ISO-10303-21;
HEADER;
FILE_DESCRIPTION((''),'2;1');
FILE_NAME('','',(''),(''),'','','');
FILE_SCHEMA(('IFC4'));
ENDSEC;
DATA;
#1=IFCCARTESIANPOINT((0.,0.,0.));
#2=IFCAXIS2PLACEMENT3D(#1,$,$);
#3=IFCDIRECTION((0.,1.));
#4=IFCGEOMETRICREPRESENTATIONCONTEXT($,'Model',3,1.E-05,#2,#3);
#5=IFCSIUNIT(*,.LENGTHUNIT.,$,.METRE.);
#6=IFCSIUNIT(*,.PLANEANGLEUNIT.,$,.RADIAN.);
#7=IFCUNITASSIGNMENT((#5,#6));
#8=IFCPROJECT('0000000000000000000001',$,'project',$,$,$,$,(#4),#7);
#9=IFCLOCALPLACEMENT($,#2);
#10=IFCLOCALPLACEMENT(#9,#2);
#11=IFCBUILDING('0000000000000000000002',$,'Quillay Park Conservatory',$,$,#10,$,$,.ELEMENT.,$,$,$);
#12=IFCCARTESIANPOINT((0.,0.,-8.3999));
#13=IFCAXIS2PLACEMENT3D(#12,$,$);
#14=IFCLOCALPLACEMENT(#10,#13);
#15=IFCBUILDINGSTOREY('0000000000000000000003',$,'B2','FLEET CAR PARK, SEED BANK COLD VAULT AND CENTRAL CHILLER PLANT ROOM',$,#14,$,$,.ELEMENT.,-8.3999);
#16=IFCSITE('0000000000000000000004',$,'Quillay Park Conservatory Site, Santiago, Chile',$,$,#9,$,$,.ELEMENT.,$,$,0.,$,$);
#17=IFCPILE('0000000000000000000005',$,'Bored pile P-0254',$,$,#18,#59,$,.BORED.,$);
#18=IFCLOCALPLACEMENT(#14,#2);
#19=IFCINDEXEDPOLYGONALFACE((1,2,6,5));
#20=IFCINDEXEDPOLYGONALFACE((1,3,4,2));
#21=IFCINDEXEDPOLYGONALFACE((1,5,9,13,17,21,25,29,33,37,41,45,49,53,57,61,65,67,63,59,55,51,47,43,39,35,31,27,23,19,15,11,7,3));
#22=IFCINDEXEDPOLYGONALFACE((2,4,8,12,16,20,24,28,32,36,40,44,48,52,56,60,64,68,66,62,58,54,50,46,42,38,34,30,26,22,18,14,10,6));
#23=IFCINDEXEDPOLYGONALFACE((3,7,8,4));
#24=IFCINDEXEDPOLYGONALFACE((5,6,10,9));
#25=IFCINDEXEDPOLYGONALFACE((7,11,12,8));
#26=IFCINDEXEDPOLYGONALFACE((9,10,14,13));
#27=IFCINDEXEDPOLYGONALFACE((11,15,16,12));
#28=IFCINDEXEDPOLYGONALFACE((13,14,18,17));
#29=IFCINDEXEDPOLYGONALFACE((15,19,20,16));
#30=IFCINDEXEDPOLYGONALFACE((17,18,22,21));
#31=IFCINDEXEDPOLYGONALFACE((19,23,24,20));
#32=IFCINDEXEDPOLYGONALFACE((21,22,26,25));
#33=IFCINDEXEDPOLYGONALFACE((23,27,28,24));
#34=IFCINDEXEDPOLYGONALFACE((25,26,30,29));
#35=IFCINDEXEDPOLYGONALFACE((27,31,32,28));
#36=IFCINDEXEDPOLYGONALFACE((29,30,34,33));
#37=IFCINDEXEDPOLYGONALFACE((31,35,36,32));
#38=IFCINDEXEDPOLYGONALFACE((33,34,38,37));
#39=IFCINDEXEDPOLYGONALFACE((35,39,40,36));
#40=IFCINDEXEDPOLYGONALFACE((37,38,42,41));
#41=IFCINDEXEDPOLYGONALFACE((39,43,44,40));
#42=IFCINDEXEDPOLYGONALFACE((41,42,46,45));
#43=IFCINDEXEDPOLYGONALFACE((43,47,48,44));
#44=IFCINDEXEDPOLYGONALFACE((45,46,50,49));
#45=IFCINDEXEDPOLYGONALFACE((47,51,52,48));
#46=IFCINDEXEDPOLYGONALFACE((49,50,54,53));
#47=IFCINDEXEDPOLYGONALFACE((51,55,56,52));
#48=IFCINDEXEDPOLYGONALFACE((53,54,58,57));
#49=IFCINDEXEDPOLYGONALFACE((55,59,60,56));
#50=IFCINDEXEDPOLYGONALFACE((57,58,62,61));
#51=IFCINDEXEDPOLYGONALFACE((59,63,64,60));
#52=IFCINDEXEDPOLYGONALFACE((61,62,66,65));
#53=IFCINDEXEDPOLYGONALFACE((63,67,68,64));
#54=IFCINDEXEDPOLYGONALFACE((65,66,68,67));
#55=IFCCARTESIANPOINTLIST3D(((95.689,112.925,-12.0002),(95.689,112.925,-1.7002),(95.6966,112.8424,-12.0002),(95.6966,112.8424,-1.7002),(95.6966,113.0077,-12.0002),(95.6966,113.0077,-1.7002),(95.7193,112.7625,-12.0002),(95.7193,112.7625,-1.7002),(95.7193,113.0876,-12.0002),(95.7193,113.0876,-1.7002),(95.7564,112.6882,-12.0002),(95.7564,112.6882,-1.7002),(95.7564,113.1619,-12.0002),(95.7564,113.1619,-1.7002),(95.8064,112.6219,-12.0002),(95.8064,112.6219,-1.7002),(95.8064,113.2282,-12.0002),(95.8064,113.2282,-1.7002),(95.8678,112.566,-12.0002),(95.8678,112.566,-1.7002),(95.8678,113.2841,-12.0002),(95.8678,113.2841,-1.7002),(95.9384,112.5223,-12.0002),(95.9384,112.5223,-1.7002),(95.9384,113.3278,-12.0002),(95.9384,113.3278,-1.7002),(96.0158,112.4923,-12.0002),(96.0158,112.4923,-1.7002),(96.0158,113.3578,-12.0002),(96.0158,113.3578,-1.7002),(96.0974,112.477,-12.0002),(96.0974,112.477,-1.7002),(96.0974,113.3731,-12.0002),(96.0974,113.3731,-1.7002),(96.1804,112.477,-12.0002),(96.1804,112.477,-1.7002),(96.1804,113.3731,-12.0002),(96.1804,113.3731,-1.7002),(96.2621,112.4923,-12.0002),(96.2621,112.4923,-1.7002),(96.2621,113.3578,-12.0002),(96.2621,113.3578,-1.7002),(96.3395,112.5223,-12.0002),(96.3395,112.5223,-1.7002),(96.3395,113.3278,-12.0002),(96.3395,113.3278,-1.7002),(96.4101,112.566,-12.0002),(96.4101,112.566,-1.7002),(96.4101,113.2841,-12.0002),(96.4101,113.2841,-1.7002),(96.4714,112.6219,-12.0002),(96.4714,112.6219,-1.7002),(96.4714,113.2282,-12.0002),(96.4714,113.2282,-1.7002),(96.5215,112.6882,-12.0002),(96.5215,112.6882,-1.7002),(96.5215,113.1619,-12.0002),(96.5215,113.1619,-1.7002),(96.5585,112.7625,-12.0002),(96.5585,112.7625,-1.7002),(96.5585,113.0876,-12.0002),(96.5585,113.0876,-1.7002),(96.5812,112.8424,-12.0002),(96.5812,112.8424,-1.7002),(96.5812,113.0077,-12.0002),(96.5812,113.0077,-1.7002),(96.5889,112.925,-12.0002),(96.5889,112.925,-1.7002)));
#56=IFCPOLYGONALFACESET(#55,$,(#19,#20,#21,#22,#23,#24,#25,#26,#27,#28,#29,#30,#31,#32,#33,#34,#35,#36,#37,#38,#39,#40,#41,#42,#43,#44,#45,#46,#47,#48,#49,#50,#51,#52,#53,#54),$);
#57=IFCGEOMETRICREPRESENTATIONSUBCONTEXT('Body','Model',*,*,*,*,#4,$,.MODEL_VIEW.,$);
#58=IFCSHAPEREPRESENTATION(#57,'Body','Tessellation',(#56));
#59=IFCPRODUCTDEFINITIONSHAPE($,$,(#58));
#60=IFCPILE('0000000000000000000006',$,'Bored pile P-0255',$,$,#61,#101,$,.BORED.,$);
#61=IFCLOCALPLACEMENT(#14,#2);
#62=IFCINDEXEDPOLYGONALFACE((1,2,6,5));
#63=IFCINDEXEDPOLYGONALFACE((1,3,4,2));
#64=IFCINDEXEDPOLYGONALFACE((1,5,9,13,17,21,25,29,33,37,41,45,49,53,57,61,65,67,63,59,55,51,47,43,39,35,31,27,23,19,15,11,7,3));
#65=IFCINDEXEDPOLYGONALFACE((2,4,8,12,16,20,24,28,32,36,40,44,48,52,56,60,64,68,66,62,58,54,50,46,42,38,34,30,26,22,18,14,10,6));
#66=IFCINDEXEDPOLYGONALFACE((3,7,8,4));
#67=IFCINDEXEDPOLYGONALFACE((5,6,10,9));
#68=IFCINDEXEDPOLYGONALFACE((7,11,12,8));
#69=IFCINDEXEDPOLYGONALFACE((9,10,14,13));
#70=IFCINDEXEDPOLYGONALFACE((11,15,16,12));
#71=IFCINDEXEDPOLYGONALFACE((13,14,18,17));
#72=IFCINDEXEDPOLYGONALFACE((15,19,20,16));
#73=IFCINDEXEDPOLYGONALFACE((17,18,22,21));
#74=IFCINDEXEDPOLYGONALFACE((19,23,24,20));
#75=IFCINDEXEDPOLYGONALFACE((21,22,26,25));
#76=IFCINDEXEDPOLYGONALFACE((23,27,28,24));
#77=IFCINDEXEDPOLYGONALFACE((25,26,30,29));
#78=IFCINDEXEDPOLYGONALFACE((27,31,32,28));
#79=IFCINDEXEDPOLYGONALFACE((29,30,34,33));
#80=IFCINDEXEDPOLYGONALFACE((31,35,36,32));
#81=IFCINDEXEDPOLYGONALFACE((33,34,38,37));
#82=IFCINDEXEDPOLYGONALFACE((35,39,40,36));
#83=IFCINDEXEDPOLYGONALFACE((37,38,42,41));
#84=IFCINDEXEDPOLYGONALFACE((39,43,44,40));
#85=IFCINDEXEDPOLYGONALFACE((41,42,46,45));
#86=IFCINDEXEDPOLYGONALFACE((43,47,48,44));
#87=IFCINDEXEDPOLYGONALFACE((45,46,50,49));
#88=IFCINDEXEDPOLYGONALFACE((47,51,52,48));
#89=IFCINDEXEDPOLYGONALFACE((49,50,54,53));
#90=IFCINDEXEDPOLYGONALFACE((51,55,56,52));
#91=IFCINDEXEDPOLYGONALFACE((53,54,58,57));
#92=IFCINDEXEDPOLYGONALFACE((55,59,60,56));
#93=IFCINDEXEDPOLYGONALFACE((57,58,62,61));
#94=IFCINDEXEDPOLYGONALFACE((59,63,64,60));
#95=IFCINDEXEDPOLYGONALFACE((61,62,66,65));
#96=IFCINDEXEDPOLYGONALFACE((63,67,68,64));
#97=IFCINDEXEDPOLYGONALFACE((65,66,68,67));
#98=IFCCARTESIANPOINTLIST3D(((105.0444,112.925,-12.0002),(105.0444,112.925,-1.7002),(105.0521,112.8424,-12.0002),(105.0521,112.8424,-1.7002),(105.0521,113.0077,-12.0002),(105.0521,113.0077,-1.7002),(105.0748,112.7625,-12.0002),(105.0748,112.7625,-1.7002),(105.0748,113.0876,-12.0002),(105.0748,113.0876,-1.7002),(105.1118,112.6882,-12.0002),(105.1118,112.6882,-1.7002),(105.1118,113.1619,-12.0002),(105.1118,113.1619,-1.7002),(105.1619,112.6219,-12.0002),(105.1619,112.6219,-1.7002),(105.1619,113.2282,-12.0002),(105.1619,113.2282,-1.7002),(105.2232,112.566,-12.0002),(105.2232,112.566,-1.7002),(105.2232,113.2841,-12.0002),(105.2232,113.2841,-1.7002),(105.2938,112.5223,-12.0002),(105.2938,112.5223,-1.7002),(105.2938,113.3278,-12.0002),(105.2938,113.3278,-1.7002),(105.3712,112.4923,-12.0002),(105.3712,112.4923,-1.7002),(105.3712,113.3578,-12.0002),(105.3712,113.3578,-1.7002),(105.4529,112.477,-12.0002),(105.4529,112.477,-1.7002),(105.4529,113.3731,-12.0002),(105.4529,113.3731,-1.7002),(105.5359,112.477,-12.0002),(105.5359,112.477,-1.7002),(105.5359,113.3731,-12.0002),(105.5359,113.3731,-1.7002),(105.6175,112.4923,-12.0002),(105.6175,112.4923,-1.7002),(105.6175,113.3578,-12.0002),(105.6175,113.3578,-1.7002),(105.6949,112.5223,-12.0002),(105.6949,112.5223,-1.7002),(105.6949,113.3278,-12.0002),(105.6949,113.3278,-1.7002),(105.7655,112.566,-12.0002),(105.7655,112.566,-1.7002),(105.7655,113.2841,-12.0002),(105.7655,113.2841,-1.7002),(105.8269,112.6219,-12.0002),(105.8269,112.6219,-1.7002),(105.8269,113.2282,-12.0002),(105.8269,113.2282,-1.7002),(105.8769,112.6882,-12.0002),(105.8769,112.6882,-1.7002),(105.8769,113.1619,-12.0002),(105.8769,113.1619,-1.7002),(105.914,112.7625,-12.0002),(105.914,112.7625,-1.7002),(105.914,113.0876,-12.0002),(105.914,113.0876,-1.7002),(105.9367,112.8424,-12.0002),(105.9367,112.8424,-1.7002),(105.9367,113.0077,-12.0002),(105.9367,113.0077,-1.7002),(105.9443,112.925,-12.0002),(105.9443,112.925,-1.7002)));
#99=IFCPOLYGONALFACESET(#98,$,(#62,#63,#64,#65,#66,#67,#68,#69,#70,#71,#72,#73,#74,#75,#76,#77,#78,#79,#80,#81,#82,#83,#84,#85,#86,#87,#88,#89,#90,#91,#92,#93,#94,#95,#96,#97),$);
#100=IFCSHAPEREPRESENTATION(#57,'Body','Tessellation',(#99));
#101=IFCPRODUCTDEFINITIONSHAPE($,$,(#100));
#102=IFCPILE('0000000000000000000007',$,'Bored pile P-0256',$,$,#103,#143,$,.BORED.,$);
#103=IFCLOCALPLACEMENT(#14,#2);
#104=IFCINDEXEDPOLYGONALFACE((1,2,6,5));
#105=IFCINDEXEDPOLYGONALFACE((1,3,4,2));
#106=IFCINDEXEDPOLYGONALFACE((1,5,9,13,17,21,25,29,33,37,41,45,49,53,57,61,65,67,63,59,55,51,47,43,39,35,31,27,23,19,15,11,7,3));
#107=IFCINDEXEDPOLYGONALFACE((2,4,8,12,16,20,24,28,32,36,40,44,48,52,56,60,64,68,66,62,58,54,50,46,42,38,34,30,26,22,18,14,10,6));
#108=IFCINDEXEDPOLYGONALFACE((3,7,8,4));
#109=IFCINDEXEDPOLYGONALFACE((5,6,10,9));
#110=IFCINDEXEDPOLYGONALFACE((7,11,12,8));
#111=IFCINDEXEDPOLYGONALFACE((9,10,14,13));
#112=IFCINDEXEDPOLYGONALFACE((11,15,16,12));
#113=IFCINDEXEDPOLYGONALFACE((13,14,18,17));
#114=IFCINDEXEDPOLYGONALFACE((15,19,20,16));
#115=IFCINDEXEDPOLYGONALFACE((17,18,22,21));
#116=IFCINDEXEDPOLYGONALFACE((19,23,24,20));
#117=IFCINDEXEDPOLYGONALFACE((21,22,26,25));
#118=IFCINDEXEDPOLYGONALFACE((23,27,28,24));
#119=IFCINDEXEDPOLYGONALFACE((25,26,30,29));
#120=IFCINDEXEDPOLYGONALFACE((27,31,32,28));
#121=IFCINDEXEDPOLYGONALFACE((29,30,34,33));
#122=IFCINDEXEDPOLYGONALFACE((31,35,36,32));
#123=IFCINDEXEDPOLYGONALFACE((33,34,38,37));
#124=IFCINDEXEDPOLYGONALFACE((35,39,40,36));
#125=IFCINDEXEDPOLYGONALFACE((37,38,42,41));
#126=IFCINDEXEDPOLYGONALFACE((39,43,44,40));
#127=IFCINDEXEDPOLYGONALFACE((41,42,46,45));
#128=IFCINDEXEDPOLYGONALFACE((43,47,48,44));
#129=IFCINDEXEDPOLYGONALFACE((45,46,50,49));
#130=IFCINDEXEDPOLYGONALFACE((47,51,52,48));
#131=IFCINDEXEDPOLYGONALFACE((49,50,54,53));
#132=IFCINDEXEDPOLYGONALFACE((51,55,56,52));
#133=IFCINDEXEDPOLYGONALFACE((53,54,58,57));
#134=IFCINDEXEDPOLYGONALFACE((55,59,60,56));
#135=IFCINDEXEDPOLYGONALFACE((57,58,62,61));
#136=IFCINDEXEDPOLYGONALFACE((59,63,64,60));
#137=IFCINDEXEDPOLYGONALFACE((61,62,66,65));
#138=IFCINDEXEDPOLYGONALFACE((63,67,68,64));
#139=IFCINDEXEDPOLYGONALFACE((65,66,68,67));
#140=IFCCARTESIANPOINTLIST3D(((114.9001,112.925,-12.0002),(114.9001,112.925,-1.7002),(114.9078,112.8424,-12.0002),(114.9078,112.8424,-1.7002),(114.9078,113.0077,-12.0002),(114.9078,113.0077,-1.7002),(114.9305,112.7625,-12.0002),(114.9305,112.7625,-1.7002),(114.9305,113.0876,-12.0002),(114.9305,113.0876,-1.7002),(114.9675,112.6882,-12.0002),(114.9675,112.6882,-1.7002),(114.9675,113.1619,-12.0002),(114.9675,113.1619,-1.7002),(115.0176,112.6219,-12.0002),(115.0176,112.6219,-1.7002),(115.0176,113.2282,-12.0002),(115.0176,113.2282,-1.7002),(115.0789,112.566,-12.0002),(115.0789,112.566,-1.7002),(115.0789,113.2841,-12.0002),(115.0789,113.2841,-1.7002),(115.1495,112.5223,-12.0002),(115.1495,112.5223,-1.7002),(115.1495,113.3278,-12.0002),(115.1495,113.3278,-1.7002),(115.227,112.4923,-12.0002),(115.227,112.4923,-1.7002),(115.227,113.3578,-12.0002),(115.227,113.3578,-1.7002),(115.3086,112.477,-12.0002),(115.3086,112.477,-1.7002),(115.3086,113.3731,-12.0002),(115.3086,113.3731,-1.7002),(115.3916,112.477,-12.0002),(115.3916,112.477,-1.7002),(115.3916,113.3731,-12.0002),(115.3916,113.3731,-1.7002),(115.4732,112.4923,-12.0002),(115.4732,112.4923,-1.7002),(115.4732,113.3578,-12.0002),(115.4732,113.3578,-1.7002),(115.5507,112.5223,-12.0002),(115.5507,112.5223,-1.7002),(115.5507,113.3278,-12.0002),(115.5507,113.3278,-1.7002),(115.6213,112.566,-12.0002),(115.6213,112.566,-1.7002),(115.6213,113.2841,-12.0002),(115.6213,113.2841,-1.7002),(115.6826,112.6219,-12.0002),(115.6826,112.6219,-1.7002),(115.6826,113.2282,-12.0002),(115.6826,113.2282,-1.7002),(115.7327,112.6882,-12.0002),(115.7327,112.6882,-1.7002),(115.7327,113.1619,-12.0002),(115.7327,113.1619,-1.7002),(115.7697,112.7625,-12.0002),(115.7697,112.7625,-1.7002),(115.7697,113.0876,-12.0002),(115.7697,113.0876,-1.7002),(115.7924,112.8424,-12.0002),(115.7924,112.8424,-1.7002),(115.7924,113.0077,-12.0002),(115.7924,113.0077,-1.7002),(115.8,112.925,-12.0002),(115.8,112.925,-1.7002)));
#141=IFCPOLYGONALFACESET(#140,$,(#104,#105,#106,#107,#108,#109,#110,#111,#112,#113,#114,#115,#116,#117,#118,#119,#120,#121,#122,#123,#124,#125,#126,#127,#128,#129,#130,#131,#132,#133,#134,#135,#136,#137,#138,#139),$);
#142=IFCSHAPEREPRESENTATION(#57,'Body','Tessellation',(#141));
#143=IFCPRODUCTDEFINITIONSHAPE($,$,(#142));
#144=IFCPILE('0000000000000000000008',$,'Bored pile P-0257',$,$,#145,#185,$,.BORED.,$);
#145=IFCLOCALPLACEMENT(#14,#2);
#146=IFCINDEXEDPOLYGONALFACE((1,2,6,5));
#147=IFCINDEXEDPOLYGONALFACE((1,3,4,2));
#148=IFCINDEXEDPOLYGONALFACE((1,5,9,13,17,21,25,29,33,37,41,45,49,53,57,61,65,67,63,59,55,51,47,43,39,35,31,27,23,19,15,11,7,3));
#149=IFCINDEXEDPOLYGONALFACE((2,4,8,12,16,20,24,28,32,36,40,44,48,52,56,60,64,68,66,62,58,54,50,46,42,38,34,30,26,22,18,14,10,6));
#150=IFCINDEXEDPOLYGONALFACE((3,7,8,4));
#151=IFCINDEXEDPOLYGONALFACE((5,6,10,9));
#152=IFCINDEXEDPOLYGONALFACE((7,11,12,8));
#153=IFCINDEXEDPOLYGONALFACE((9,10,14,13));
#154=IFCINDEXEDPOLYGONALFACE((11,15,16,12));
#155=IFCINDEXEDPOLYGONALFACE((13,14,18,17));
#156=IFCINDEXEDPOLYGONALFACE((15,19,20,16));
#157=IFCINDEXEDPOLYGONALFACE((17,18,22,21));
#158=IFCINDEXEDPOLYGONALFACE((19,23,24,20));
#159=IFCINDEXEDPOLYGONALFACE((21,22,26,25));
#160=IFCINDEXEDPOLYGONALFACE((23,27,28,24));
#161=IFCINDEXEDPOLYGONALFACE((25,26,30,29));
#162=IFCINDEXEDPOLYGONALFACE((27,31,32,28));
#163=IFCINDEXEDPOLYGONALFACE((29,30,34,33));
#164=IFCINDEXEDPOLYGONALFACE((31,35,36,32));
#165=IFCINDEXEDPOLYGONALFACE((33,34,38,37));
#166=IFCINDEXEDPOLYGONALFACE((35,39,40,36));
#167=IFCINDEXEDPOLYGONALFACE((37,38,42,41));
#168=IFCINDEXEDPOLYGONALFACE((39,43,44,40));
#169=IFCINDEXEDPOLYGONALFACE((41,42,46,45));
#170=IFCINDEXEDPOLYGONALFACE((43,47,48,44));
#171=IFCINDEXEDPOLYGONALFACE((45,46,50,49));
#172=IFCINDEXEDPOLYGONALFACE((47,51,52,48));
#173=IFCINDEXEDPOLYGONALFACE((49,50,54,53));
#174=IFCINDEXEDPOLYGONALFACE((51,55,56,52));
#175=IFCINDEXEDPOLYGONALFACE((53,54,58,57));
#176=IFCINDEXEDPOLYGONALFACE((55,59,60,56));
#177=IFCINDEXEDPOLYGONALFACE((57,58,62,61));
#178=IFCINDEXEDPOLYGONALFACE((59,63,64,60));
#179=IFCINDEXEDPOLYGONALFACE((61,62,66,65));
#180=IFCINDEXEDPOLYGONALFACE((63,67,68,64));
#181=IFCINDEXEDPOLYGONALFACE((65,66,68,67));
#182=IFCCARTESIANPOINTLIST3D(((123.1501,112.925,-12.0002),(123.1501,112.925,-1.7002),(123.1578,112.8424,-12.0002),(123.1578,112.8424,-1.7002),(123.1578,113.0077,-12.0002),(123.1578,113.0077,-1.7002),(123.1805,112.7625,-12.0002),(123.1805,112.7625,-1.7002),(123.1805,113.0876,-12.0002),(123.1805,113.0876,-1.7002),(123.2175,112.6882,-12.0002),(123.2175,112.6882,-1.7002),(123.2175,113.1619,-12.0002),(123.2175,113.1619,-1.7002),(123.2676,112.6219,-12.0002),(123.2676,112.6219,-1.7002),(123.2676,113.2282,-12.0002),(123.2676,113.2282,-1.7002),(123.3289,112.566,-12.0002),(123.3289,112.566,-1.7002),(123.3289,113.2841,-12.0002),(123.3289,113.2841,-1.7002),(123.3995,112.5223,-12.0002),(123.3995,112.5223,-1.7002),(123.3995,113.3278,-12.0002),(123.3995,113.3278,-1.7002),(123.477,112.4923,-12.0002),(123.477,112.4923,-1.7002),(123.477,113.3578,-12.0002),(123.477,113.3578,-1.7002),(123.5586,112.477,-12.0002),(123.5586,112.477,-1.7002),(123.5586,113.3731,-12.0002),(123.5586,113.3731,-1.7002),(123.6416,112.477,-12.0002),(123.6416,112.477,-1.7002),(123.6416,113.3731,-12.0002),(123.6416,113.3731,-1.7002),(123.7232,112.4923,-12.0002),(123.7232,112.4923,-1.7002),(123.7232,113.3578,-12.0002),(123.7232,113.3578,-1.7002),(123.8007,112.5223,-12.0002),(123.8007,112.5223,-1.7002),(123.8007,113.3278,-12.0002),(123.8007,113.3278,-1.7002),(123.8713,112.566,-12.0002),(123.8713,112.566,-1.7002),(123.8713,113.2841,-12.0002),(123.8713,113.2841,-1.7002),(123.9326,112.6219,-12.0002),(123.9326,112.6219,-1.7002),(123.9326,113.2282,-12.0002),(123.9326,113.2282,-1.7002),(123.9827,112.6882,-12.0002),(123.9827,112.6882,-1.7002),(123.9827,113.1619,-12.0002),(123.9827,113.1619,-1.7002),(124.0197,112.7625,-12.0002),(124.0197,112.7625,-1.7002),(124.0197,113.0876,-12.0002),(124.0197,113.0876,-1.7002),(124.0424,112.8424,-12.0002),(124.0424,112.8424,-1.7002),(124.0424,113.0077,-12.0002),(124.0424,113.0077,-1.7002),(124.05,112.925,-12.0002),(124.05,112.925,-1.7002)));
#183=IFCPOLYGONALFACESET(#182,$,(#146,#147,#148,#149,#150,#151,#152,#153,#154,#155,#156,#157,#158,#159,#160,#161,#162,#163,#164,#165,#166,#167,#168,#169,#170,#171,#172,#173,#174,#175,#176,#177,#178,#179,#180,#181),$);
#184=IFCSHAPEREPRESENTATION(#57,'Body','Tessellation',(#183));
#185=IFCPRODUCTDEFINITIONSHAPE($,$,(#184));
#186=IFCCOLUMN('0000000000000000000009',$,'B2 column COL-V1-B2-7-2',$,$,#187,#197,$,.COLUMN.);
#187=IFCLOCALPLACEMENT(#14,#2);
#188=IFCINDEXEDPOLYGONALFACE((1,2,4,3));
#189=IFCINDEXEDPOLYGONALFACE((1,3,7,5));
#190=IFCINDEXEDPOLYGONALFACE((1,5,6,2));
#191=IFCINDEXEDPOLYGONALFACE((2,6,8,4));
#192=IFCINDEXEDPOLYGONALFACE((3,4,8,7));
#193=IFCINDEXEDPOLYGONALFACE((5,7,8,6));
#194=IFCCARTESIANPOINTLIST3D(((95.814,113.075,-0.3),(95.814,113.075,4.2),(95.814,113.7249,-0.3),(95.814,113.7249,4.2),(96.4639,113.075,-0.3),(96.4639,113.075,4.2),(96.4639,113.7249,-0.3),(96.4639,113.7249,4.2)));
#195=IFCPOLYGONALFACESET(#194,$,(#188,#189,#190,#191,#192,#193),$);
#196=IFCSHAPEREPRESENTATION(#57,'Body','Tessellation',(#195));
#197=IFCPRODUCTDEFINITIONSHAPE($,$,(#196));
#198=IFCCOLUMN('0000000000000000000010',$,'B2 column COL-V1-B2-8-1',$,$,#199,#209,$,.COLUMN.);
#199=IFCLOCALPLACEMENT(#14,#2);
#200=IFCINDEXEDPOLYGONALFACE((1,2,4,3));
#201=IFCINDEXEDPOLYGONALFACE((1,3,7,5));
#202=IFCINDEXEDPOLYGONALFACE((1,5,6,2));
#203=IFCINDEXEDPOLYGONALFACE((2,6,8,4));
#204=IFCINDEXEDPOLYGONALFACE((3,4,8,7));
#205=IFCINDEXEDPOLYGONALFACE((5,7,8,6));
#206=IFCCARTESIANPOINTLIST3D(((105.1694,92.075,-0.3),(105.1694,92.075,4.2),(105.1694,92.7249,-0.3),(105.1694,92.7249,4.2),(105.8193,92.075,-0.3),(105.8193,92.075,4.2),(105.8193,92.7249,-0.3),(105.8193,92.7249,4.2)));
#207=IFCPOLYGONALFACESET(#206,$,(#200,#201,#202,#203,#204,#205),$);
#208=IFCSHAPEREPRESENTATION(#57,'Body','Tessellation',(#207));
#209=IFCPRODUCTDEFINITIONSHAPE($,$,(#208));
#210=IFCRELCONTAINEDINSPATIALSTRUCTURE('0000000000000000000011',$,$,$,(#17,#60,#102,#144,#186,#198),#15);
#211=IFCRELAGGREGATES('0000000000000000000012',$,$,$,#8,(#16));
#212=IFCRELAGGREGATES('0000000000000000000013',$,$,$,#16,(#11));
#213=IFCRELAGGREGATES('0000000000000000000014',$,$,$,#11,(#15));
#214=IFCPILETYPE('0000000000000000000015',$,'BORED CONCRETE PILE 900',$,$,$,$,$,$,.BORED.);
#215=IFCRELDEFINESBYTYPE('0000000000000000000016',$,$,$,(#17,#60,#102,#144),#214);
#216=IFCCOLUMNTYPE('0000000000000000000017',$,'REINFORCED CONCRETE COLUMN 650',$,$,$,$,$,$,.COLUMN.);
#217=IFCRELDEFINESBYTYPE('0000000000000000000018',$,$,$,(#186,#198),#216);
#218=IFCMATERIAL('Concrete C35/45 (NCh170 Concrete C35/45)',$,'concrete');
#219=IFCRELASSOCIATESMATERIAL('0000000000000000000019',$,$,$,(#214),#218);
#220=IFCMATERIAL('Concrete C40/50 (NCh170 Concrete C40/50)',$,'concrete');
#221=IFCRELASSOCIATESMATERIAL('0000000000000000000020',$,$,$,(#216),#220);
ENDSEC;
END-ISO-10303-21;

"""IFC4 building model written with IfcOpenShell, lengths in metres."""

from ifc_helpers import new_model, si_unit, direction, frame, origin, origin_2d, place, context, subcontext, project, spatial, rectangle, circle, extrude, material, material_profile, profile_set, type_object, element, save


model = new_model("IFC4")

# Units and contexts
model_context = context("Model", 3, precision=1e-05, world=origin(), true_north=direction((0.0, 1.0)))
body_context = subcontext(model_context, "Body", "Model", "MODEL_VIEW")
ifc_project = project(units=[si_unit("LENGTHUNIT", "METRE"), si_unit("PLANEANGLEUNIT", "RADIAN")], contexts=[model_context])

# Site, building, storey
site_placement = place(None, origin())
site = spatial("IfcSite", under=ifc_project, at=site_placement, Name="Quillay Park Conservatory Site, Santiago, Chile", CompositionType="ELEMENT", RefElevation=0.0)
building_placement = place(site_placement, origin())
building = spatial("IfcBuilding", under=site, at=building_placement, Name="Quillay Park Conservatory", CompositionType="ELEMENT")
storey_placement = place(building_placement, frame((0.0, 0.0, -8.3999)))
storey = spatial("IfcBuildingStorey", under=building, at=storey_placement, Name="B2", Description="FLEET CAR PARK, SEED BANK COLD VAULT AND CENTRAL CHILLER PLANT ROOM", CompositionType="ELEMENT", Elevation=-8.3999)

# Piles
ifc_material_1 = material(Name="Concrete C35/45 (NCh170 Concrete C35/45)", Category="concrete")
ifc_material_profile_1 = material_profile(ifc_material_1, circle(Radius=0.45, at=origin_2d()), Name="PILE900")
ifc_profile_set_1 = profile_set([ifc_material_profile_1], Name="Concrete C35/45 (NCh170 Concrete C35/45)")
pile_type = type_object("IfcPileType", Name="BORED CONCRETE PILE 900", PredefinedType="BORED", material=ifc_profile_set_1)
for number, where, z_axis, x_axis, name in (
    (1, (96.1389, 112.925, -1.7002), (0.0, 0.0, -1.0), (1.0, 0.0, 0.0), "Bored pile P-0254"),
    (2, (105.4944, 112.925, -1.7002), (0.0, 0.0, -1.0), (1.0, 0.0, 0.0), "Bored pile P-0255"),
    (3, (115.3501, 112.925, -1.7002), (0.0, 0.0, -1.0), (1.0, 0.0, 0.0), "Bored pile P-0256"),
    (4, (123.6001, 112.925, -1.7002), (0.0, 0.0, -1.0), (1.0, 0.0, 0.0), "Bored pile P-0257"),
):
    element("IfcPile", number, at=place(storey_placement, frame(where, z_axis=z_axis, x_axis=x_axis)), inside=storey, type_object=pile_type, Name=name, PredefinedType="BORED", context=body_context, shape_type="SweptSolid", body=[
        extrude(circle(Radius=0.45, at=origin_2d()), origin(), (0.0, 0.0, 1.0), 10.3),
    ])

# Columns
ifc_material_2 = material(Name="Concrete C40/50 (NCh170 Concrete C40/50)", Category="concrete")
ifc_material_profile_2 = material_profile(ifc_material_2, rectangle(XDim=0.6499, YDim=0.6499, at=origin_2d()), Name="RC650x650")
ifc_profile_set_2 = profile_set([ifc_material_profile_2], Name="Concrete C40/50 (NCh170 Concrete C40/50)")
column_type = type_object("IfcColumnType", Name="REINFORCED CONCRETE COLUMN 650", PredefinedType="COLUMN", material=ifc_profile_set_2)
for number, where, z_axis, x_axis, name in (
    (5, (96.1389, 113.3999, -0.3), (0.0, 0.0, 1.0), (1.0, 0.0, 0.0), "B2 column COL-V1-B2-7-2"),
    (6, (105.4944, 92.3999, -0.3), (0.0, 0.0, 1.0), (1.0, 0.0, 0.0), "B2 column COL-V1-B2-8-1"),
):
    element("IfcColumn", number, at=place(storey_placement, frame(where, z_axis=z_axis, x_axis=x_axis)), inside=storey, type_object=column_type, Name=name, PredefinedType="COLUMN", context=body_context, shape_type="SweptSolid", body=[
        extrude(rectangle(XDim=0.6499, YDim=0.6499, at=origin_2d()), origin(), (0.0, 0.0, 1.0), 4.5),
    ])

save(model, "model.ifc")
